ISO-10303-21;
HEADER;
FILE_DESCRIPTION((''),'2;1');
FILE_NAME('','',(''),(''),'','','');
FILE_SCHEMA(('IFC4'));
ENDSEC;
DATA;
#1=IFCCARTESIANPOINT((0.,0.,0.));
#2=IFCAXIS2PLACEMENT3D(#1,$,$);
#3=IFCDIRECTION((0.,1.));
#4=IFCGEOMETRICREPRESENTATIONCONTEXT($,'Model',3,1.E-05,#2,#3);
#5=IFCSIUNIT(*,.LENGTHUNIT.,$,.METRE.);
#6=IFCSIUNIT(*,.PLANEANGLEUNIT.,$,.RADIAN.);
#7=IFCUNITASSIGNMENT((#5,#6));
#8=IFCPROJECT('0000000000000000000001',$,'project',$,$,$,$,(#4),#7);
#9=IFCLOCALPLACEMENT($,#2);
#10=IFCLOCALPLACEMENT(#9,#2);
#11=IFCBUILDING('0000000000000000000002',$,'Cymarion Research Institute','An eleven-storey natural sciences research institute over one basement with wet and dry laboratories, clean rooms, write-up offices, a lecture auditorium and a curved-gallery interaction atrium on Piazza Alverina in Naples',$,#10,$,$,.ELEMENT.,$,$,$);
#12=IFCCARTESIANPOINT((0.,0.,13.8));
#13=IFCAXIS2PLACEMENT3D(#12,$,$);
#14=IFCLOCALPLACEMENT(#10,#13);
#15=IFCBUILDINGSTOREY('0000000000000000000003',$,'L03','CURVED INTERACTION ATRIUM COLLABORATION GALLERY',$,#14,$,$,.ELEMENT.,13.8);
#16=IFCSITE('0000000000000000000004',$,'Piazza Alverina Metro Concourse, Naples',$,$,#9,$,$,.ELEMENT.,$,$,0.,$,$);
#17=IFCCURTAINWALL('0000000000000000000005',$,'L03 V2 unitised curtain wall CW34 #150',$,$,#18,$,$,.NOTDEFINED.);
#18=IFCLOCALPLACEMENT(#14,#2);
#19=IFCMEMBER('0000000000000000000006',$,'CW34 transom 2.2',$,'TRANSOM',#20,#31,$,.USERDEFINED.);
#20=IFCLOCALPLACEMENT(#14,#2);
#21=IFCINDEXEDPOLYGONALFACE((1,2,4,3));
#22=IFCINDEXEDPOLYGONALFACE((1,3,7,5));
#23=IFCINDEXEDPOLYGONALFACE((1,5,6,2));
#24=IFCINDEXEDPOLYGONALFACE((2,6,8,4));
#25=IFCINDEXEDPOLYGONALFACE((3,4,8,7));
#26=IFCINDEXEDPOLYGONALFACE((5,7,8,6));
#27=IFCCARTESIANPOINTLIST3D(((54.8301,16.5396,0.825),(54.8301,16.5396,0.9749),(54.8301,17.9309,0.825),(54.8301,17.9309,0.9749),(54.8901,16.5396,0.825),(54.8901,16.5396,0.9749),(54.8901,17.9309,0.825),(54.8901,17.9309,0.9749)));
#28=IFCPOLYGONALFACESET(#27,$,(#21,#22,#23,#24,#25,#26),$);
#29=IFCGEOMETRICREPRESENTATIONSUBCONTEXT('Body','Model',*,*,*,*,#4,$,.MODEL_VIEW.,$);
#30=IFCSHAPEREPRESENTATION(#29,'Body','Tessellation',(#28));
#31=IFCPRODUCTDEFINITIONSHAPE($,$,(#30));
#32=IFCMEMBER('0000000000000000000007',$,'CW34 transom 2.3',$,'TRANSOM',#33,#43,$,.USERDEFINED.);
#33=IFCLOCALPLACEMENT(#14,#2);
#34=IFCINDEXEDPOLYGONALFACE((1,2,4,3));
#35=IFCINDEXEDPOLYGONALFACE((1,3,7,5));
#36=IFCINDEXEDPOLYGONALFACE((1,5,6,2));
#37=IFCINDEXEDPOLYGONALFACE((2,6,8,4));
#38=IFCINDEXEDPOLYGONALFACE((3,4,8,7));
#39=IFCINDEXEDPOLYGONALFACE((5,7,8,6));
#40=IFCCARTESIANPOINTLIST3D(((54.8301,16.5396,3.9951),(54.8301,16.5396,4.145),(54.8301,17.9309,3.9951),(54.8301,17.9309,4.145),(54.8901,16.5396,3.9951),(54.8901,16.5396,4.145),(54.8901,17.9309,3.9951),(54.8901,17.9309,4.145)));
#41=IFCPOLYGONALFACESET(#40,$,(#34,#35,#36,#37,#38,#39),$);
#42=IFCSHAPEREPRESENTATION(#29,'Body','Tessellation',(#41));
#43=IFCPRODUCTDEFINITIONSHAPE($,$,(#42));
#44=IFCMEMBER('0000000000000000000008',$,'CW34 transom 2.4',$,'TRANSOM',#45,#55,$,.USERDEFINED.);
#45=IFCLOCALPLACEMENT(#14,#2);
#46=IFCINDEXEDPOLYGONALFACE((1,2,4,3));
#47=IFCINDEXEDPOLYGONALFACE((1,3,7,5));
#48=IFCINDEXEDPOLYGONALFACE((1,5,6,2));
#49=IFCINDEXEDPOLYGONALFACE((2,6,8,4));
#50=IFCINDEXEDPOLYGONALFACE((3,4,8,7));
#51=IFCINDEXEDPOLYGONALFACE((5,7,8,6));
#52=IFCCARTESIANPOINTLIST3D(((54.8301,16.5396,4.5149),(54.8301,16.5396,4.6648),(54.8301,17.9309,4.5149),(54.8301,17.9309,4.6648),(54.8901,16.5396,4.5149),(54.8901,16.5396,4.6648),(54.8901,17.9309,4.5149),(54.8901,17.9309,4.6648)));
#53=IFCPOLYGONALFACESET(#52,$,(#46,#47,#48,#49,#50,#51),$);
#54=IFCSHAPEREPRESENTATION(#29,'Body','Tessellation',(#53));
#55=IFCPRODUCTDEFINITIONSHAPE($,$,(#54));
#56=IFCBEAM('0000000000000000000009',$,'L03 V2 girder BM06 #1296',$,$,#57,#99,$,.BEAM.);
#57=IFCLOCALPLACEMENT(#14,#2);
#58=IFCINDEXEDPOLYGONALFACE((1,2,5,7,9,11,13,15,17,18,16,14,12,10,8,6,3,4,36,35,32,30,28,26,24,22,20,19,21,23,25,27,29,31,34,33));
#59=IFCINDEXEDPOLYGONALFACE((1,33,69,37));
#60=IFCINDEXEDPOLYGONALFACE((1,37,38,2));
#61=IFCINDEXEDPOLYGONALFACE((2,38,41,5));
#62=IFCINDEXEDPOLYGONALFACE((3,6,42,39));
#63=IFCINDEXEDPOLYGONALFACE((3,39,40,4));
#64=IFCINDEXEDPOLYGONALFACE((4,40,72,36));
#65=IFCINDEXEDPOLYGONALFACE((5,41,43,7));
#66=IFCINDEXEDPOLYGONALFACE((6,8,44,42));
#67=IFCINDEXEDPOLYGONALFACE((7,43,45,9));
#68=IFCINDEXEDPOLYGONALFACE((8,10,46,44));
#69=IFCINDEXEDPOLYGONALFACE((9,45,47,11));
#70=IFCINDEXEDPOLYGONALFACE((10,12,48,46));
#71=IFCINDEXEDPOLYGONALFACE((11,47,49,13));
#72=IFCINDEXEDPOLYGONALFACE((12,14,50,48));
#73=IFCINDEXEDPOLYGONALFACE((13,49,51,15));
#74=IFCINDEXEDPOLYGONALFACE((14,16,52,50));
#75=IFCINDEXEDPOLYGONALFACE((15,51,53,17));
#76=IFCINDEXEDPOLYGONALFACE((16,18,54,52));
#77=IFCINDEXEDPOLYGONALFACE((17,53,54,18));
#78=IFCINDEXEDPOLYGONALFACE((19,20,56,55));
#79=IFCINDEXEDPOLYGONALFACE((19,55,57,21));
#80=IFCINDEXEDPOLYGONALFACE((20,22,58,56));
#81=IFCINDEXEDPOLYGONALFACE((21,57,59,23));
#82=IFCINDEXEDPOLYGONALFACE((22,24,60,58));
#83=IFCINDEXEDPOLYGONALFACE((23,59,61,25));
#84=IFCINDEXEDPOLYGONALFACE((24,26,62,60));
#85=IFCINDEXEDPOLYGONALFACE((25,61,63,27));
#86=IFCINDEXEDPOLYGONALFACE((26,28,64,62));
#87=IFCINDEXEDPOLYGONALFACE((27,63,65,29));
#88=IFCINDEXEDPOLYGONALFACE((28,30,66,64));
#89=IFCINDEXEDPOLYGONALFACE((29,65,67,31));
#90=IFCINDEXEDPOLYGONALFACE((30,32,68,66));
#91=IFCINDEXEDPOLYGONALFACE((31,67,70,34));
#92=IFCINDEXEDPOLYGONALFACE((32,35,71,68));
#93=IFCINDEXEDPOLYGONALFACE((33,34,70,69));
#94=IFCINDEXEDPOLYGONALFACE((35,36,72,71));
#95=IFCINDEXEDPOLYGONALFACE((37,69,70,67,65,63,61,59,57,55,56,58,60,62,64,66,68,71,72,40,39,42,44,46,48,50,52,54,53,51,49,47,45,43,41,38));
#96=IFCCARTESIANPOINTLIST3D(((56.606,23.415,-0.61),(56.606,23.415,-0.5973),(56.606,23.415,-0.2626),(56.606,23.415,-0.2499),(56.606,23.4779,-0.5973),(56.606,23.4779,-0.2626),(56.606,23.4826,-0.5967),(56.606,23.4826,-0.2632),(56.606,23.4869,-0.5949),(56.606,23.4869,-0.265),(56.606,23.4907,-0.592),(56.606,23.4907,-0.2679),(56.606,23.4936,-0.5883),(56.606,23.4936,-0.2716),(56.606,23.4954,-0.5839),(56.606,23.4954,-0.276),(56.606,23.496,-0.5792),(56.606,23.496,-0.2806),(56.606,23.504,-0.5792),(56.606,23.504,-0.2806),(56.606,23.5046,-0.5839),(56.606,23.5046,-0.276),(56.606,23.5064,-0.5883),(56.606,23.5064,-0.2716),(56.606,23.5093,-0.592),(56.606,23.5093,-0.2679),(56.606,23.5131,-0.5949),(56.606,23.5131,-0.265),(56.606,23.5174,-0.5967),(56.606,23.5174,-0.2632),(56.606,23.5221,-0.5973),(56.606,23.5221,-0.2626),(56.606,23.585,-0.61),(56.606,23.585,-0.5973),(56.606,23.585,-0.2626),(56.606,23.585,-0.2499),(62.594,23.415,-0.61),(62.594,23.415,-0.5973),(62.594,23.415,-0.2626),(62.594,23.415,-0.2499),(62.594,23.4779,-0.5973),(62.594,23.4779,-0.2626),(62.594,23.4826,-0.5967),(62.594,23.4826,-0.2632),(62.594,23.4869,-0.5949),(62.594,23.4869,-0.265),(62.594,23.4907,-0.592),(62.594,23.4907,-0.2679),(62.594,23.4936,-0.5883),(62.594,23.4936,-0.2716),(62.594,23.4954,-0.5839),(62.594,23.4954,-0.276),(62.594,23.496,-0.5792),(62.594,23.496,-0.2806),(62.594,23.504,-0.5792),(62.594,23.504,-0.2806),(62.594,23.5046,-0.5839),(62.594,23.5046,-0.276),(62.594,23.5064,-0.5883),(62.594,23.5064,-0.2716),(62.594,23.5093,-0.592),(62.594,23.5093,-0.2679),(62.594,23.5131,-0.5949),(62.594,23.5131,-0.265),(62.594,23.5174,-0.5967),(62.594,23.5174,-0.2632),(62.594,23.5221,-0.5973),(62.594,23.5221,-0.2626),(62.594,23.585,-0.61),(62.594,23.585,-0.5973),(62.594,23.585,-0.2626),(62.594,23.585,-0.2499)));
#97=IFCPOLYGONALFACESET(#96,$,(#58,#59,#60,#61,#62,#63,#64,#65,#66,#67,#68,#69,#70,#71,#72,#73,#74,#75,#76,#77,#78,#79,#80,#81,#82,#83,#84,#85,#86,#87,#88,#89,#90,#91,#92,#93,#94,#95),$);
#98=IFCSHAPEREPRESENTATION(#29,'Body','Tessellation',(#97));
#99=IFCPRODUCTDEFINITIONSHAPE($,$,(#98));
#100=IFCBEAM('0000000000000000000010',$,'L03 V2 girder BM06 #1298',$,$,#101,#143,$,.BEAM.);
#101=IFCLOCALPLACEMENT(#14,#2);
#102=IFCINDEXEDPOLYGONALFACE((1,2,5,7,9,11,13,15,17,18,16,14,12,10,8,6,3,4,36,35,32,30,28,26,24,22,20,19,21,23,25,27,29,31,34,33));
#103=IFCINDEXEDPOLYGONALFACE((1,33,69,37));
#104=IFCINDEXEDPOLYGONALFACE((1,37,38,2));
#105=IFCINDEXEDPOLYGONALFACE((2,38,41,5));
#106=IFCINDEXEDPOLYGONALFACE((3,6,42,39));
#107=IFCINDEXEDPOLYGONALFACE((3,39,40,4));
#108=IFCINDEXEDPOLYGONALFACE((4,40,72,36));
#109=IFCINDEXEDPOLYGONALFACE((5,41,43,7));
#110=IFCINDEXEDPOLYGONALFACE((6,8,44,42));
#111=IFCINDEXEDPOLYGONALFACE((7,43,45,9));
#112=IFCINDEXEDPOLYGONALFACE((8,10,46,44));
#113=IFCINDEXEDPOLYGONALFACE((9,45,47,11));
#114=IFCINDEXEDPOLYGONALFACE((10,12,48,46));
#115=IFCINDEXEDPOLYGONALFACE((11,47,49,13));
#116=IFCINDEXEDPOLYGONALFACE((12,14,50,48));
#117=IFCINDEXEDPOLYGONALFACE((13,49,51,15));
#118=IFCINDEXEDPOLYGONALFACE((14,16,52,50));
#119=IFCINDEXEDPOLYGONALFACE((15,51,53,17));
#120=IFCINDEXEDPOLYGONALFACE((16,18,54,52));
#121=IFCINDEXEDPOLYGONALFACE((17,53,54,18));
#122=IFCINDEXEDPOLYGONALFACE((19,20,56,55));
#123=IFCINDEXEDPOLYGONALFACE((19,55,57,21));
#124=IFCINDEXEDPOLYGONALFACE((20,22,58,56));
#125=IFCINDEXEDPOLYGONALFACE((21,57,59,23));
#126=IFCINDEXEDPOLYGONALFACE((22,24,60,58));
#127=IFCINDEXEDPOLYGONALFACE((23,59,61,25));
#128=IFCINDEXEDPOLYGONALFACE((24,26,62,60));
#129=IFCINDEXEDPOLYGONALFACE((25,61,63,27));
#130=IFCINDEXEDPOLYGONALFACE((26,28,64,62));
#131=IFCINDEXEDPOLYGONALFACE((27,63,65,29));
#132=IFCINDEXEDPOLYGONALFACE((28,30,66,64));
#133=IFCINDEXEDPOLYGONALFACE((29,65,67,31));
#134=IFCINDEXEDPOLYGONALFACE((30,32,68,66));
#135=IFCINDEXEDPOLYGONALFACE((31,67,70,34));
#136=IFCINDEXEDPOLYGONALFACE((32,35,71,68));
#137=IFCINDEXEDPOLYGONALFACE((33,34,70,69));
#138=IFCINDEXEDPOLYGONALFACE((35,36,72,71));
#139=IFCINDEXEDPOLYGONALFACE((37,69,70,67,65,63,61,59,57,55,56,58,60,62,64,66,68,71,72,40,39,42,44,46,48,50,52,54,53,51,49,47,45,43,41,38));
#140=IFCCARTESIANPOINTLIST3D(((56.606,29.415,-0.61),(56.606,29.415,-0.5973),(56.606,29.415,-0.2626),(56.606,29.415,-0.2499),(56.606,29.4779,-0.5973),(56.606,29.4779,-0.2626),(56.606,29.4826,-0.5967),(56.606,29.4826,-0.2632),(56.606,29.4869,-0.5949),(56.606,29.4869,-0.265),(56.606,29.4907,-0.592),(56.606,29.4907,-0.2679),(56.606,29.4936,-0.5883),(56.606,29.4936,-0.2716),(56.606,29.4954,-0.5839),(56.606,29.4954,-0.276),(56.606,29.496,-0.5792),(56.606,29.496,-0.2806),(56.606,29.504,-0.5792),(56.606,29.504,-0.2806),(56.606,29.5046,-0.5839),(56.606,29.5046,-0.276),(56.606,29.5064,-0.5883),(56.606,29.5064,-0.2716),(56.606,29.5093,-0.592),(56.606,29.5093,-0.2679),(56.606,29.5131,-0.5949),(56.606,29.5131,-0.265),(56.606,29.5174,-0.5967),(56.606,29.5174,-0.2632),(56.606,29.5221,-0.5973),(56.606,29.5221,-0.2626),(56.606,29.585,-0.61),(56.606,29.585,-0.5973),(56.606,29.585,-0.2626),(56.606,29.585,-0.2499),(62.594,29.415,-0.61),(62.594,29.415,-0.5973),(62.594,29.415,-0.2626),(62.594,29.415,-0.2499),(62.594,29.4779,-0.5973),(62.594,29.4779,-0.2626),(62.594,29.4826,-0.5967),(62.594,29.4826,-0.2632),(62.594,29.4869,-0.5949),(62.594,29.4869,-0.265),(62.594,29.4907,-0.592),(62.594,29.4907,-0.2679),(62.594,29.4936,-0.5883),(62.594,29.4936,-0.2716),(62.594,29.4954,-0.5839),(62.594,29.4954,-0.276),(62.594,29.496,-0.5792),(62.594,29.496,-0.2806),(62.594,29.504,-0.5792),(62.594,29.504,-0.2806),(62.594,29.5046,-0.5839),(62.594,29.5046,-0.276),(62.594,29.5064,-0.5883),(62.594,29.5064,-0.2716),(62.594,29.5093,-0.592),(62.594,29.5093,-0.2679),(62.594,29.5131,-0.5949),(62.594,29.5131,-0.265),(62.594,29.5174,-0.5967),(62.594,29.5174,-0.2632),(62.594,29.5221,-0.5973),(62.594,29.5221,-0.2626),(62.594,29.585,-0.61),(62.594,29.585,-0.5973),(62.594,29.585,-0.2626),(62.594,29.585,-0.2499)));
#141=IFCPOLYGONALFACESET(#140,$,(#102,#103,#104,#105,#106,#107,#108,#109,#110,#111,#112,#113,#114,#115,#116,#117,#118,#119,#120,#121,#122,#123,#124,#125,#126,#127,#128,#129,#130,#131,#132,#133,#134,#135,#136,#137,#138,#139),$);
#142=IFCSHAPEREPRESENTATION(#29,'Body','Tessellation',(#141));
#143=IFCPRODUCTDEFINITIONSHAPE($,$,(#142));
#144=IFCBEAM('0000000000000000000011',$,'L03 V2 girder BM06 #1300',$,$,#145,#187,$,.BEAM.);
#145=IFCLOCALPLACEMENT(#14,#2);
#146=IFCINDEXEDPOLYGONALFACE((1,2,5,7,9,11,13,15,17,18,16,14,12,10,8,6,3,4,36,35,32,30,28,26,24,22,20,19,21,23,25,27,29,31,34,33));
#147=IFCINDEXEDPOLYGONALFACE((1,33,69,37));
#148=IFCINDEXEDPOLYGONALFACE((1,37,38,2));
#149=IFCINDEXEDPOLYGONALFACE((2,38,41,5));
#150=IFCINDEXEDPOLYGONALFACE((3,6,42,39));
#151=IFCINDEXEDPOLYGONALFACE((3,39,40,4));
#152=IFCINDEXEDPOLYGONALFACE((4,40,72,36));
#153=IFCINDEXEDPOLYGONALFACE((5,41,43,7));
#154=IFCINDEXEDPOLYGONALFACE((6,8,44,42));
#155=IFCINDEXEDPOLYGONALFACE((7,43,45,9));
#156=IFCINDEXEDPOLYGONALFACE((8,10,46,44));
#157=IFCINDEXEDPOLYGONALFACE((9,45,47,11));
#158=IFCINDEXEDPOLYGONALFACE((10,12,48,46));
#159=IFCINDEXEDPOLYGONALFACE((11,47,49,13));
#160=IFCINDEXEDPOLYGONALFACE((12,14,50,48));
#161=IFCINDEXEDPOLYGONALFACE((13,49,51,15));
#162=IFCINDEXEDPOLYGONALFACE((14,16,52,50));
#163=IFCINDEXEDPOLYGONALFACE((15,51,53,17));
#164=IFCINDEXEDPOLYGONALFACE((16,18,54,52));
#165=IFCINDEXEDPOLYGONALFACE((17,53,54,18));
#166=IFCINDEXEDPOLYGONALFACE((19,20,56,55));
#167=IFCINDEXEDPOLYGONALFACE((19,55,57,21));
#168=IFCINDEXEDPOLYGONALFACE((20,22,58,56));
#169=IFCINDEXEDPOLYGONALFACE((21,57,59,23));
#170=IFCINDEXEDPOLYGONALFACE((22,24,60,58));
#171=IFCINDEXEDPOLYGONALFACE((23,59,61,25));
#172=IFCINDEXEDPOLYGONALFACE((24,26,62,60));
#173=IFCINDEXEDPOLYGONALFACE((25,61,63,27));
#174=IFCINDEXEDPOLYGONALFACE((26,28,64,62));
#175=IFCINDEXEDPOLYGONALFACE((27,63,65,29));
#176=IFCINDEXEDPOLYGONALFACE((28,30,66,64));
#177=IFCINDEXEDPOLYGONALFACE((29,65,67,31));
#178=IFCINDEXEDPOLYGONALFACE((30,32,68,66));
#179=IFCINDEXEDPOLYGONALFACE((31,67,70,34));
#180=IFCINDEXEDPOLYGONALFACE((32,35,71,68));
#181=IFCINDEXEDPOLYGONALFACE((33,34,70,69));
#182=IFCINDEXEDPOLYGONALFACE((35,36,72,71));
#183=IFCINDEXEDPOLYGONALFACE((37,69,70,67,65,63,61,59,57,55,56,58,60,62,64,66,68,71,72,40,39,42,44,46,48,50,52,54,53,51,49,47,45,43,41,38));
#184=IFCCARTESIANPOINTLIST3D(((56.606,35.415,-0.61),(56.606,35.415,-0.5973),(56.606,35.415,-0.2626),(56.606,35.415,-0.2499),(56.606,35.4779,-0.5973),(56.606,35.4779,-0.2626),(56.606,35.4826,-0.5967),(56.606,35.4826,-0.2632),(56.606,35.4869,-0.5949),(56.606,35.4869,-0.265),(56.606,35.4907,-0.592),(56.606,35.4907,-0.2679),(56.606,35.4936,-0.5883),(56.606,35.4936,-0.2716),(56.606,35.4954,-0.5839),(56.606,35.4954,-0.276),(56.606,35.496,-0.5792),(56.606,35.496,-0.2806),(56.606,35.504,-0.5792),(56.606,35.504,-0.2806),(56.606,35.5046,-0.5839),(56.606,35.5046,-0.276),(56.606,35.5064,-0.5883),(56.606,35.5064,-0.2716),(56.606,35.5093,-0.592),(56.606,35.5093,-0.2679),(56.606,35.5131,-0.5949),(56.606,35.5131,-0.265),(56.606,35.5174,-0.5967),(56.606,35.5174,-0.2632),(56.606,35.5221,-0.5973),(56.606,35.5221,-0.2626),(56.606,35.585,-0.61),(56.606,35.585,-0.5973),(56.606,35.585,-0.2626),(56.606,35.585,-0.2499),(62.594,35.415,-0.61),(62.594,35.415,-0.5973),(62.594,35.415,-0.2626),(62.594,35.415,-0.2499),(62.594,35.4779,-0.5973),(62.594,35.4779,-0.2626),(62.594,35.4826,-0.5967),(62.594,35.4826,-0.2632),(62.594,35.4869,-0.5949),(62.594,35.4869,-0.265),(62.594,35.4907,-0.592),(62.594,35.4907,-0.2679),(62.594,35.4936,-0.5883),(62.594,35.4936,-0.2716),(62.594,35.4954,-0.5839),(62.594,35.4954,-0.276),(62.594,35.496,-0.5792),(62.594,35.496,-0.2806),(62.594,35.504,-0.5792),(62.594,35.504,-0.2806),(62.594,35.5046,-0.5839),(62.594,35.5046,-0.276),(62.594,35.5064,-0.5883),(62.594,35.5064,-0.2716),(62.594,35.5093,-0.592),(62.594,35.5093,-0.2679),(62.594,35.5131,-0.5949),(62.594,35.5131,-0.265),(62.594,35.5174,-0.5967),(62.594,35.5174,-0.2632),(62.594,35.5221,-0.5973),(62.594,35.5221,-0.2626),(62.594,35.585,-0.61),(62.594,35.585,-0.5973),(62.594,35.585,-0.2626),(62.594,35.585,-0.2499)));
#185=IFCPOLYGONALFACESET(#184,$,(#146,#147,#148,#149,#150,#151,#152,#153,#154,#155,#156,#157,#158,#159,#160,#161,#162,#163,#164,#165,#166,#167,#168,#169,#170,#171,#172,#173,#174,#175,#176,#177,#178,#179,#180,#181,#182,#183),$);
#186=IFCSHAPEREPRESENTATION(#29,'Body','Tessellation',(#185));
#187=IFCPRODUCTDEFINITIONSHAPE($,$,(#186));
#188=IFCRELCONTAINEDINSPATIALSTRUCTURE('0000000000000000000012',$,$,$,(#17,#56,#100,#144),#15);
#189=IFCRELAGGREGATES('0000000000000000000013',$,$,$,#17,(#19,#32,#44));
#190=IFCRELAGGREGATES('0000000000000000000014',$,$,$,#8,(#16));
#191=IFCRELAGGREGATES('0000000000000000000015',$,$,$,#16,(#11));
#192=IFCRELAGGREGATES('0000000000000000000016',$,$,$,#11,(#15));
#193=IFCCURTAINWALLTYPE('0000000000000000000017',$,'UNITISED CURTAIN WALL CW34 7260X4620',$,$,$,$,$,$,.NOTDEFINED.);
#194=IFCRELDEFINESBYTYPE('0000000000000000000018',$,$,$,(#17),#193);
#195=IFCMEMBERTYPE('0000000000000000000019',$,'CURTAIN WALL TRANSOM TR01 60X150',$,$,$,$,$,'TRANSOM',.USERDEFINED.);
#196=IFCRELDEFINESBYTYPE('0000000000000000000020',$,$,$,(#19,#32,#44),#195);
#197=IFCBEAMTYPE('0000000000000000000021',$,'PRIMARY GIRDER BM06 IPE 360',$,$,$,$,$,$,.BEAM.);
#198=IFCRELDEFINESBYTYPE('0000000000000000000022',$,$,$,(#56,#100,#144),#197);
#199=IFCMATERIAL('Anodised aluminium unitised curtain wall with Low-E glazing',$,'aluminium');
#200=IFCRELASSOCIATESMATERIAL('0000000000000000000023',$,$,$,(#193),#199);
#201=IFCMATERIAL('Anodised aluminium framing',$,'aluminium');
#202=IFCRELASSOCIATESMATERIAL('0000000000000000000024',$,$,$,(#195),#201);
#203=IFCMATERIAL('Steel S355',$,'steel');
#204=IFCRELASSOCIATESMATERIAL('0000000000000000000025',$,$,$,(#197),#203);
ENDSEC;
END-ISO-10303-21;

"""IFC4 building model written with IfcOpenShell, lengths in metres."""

from ifc_helpers import new_model, si_unit, direction, frame, origin, origin_2d, place, context, subcontext, project, spatial, rectangle, i_section, extrude, material, material_profile, profile_set, type_object, element, aggregate, save


model = new_model("IFC4")

# Units and contexts
model_context = context("Model", 3, precision=1e-05, world=origin(), true_north=direction((0.0, 1.0)))
body_context = subcontext(model_context, "Body", "Model", "MODEL_VIEW")
ifc_project = project(units=[si_unit("LENGTHUNIT", "METRE"), si_unit("PLANEANGLEUNIT", "RADIAN")], contexts=[model_context])

# Site, building, storey
site_placement = place(None, origin())
site = spatial("IfcSite", under=ifc_project, at=site_placement, Name="Piazza Alverina Metro Concourse, Naples", CompositionType="ELEMENT", RefElevation=0.0)
building_placement = place(site_placement, origin())
building = spatial("IfcBuilding", under=site, at=building_placement, Name="Cymarion Research Institute", Description="An eleven-storey natural sciences research institute over one basement with wet and dry laboratories, clean rooms, write-up offices, a lecture auditorium and a curved-gallery interaction atrium on Piazza Alverina in Naples", CompositionType="ELEMENT")
storey_placement = place(building_placement, frame((0.0, 0.0, 13.8)))
storey = spatial("IfcBuildingStorey", under=building, at=storey_placement, Name="L03", Description="CURVED INTERACTION ATRIUM COLLABORATION GALLERY", CompositionType="ELEMENT", Elevation=13.8)

# Shared definitions
ifc_material_1 = material(Name="Steel S355", Category="steel")

# Shared definitions
ifc_material_2 = material(Name="Anodised aluminium unitised curtain wall with Low-E glazing", Category="aluminium")
ifc_material_3 = material(Name="Anodised aluminium framing", Category="aluminium")

# Curtain wall, members
curtain_wall_type_1 = type_object("IfcCurtainWallType", Name="UNITISED CURTAIN WALL CW34 7260X4620", PredefinedType="NOTDEFINED", material=ifc_material_2)
curtain_wall_1_placement = place(storey_placement, origin())
curtain_wall_1 = element("IfcCurtainWall", 1, at=curtain_wall_1_placement, inside=storey, type_object=curtain_wall_type_1, Name="L03 V2 unitised curtain wall CW34 #150", PredefinedType="NOTDEFINED")
ifc_material_profile_1 = material_profile(ifc_material_3, rectangle(XDim=0.0601, YDim=0.1499, at=origin_2d()), Name="ALU TRANSOM 60x150")
ifc_profile_set_1 = profile_set([ifc_material_profile_1], Name="Anodised aluminium framing")
member_type_1 = type_object("IfcMemberType", Name="CURTAIN WALL TRANSOM TR01 60X150", ElementType="TRANSOM", PredefinedType="USERDEFINED", material=ifc_profile_set_1)
member_1_placement = place(storey_placement, frame((54.8601, 17.9309, 0.8999), z_axis=(0.0, -1.0, 0.0), x_axis=(1.0, 0.0, 0.0)))
member_1 = element("IfcMember", 2, at=member_1_placement, type_object=member_type_1, Name="CW34 transom 2.2", ObjectType="TRANSOM", PredefinedType="USERDEFINED", context=body_context, shape_type="SweptSolid", body=[
    extrude(rectangle(XDim=0.0601, YDim=0.1499, at=origin_2d()), origin(), (0.0, 0.0, 1.0), 1.3914),
])
member_2_placement = place(storey_placement, frame((54.8601, 17.9309, 4.0701), z_axis=(0.0, -1.0, 0.0), x_axis=(1.0, 0.0, 0.0)))
member_2 = element("IfcMember", 3, at=member_2_placement, type_object=member_type_1, Name="CW34 transom 2.3", ObjectType="TRANSOM", PredefinedType="USERDEFINED", context=body_context, shape_type="SweptSolid", body=[
    extrude(rectangle(XDim=0.0601, YDim=0.1499, at=origin_2d()), origin(), (0.0, 0.0, 1.0), 1.3914),
])
member_3_placement = place(storey_placement, frame((54.8601, 17.9309, 4.5898), z_axis=(0.0, -1.0, 0.0), x_axis=(1.0, 0.0, 0.0)))
member_3 = element("IfcMember", 4, at=member_3_placement, type_object=member_type_1, Name="CW34 transom 2.4", ObjectType="TRANSOM", PredefinedType="USERDEFINED", context=body_context, shape_type="SweptSolid", body=[
    extrude(rectangle(XDim=0.0601, YDim=0.1499, at=origin_2d()), origin(), (0.0, 0.0, 1.0), 1.3914),
])

# Beams
ifc_material_profile_2 = material_profile(ifc_material_1, i_section(OverallWidth=0.1699, OverallDepth=0.3601, WebThickness=0.0081, FlangeThickness=0.0127, FilletRadius=0.0181, at=origin_2d()), Name="IPE 360")
ifc_profile_set_2 = profile_set([ifc_material_profile_2], Name="Steel S355")
beam_type_1 = type_object("IfcBeamType", Name="PRIMARY GIRDER BM06 IPE 360", PredefinedType="BEAM", material=ifc_profile_set_2)
for number, where, z_axis, x_axis, name in (
    (5, (56.606, 23.5, -0.4299), (1.0, 0.0, 0.0), (0.0, 1.0, 0.0), "L03 V2 girder BM06 #1296"),
    (6, (56.606, 29.5, -0.4299), (1.0, 0.0, 0.0), (0.0, 1.0, 0.0), "L03 V2 girder BM06 #1298"),
    (7, (56.606, 35.5, -0.4299), (1.0, 0.0, 0.0), (0.0, 1.0, 0.0), "L03 V2 girder BM06 #1300"),
):
    element("IfcBeam", number, at=place(storey_placement, frame(where, z_axis=z_axis, x_axis=x_axis)), inside=storey, type_object=beam_type_1, Name=name, PredefinedType="BEAM", context=body_context, shape_type="SweptSolid", body=[
        extrude(i_section(OverallWidth=0.1699, OverallDepth=0.3601, WebThickness=0.0081, FlangeThickness=0.0127, FilletRadius=0.0181, at=origin_2d()), origin(), (0.0, 0.0, 1.0), 5.988),
    ])

aggregate(curtain_wall_1, [member_1, member_2, member_3])

save(model, "model.ifc")
